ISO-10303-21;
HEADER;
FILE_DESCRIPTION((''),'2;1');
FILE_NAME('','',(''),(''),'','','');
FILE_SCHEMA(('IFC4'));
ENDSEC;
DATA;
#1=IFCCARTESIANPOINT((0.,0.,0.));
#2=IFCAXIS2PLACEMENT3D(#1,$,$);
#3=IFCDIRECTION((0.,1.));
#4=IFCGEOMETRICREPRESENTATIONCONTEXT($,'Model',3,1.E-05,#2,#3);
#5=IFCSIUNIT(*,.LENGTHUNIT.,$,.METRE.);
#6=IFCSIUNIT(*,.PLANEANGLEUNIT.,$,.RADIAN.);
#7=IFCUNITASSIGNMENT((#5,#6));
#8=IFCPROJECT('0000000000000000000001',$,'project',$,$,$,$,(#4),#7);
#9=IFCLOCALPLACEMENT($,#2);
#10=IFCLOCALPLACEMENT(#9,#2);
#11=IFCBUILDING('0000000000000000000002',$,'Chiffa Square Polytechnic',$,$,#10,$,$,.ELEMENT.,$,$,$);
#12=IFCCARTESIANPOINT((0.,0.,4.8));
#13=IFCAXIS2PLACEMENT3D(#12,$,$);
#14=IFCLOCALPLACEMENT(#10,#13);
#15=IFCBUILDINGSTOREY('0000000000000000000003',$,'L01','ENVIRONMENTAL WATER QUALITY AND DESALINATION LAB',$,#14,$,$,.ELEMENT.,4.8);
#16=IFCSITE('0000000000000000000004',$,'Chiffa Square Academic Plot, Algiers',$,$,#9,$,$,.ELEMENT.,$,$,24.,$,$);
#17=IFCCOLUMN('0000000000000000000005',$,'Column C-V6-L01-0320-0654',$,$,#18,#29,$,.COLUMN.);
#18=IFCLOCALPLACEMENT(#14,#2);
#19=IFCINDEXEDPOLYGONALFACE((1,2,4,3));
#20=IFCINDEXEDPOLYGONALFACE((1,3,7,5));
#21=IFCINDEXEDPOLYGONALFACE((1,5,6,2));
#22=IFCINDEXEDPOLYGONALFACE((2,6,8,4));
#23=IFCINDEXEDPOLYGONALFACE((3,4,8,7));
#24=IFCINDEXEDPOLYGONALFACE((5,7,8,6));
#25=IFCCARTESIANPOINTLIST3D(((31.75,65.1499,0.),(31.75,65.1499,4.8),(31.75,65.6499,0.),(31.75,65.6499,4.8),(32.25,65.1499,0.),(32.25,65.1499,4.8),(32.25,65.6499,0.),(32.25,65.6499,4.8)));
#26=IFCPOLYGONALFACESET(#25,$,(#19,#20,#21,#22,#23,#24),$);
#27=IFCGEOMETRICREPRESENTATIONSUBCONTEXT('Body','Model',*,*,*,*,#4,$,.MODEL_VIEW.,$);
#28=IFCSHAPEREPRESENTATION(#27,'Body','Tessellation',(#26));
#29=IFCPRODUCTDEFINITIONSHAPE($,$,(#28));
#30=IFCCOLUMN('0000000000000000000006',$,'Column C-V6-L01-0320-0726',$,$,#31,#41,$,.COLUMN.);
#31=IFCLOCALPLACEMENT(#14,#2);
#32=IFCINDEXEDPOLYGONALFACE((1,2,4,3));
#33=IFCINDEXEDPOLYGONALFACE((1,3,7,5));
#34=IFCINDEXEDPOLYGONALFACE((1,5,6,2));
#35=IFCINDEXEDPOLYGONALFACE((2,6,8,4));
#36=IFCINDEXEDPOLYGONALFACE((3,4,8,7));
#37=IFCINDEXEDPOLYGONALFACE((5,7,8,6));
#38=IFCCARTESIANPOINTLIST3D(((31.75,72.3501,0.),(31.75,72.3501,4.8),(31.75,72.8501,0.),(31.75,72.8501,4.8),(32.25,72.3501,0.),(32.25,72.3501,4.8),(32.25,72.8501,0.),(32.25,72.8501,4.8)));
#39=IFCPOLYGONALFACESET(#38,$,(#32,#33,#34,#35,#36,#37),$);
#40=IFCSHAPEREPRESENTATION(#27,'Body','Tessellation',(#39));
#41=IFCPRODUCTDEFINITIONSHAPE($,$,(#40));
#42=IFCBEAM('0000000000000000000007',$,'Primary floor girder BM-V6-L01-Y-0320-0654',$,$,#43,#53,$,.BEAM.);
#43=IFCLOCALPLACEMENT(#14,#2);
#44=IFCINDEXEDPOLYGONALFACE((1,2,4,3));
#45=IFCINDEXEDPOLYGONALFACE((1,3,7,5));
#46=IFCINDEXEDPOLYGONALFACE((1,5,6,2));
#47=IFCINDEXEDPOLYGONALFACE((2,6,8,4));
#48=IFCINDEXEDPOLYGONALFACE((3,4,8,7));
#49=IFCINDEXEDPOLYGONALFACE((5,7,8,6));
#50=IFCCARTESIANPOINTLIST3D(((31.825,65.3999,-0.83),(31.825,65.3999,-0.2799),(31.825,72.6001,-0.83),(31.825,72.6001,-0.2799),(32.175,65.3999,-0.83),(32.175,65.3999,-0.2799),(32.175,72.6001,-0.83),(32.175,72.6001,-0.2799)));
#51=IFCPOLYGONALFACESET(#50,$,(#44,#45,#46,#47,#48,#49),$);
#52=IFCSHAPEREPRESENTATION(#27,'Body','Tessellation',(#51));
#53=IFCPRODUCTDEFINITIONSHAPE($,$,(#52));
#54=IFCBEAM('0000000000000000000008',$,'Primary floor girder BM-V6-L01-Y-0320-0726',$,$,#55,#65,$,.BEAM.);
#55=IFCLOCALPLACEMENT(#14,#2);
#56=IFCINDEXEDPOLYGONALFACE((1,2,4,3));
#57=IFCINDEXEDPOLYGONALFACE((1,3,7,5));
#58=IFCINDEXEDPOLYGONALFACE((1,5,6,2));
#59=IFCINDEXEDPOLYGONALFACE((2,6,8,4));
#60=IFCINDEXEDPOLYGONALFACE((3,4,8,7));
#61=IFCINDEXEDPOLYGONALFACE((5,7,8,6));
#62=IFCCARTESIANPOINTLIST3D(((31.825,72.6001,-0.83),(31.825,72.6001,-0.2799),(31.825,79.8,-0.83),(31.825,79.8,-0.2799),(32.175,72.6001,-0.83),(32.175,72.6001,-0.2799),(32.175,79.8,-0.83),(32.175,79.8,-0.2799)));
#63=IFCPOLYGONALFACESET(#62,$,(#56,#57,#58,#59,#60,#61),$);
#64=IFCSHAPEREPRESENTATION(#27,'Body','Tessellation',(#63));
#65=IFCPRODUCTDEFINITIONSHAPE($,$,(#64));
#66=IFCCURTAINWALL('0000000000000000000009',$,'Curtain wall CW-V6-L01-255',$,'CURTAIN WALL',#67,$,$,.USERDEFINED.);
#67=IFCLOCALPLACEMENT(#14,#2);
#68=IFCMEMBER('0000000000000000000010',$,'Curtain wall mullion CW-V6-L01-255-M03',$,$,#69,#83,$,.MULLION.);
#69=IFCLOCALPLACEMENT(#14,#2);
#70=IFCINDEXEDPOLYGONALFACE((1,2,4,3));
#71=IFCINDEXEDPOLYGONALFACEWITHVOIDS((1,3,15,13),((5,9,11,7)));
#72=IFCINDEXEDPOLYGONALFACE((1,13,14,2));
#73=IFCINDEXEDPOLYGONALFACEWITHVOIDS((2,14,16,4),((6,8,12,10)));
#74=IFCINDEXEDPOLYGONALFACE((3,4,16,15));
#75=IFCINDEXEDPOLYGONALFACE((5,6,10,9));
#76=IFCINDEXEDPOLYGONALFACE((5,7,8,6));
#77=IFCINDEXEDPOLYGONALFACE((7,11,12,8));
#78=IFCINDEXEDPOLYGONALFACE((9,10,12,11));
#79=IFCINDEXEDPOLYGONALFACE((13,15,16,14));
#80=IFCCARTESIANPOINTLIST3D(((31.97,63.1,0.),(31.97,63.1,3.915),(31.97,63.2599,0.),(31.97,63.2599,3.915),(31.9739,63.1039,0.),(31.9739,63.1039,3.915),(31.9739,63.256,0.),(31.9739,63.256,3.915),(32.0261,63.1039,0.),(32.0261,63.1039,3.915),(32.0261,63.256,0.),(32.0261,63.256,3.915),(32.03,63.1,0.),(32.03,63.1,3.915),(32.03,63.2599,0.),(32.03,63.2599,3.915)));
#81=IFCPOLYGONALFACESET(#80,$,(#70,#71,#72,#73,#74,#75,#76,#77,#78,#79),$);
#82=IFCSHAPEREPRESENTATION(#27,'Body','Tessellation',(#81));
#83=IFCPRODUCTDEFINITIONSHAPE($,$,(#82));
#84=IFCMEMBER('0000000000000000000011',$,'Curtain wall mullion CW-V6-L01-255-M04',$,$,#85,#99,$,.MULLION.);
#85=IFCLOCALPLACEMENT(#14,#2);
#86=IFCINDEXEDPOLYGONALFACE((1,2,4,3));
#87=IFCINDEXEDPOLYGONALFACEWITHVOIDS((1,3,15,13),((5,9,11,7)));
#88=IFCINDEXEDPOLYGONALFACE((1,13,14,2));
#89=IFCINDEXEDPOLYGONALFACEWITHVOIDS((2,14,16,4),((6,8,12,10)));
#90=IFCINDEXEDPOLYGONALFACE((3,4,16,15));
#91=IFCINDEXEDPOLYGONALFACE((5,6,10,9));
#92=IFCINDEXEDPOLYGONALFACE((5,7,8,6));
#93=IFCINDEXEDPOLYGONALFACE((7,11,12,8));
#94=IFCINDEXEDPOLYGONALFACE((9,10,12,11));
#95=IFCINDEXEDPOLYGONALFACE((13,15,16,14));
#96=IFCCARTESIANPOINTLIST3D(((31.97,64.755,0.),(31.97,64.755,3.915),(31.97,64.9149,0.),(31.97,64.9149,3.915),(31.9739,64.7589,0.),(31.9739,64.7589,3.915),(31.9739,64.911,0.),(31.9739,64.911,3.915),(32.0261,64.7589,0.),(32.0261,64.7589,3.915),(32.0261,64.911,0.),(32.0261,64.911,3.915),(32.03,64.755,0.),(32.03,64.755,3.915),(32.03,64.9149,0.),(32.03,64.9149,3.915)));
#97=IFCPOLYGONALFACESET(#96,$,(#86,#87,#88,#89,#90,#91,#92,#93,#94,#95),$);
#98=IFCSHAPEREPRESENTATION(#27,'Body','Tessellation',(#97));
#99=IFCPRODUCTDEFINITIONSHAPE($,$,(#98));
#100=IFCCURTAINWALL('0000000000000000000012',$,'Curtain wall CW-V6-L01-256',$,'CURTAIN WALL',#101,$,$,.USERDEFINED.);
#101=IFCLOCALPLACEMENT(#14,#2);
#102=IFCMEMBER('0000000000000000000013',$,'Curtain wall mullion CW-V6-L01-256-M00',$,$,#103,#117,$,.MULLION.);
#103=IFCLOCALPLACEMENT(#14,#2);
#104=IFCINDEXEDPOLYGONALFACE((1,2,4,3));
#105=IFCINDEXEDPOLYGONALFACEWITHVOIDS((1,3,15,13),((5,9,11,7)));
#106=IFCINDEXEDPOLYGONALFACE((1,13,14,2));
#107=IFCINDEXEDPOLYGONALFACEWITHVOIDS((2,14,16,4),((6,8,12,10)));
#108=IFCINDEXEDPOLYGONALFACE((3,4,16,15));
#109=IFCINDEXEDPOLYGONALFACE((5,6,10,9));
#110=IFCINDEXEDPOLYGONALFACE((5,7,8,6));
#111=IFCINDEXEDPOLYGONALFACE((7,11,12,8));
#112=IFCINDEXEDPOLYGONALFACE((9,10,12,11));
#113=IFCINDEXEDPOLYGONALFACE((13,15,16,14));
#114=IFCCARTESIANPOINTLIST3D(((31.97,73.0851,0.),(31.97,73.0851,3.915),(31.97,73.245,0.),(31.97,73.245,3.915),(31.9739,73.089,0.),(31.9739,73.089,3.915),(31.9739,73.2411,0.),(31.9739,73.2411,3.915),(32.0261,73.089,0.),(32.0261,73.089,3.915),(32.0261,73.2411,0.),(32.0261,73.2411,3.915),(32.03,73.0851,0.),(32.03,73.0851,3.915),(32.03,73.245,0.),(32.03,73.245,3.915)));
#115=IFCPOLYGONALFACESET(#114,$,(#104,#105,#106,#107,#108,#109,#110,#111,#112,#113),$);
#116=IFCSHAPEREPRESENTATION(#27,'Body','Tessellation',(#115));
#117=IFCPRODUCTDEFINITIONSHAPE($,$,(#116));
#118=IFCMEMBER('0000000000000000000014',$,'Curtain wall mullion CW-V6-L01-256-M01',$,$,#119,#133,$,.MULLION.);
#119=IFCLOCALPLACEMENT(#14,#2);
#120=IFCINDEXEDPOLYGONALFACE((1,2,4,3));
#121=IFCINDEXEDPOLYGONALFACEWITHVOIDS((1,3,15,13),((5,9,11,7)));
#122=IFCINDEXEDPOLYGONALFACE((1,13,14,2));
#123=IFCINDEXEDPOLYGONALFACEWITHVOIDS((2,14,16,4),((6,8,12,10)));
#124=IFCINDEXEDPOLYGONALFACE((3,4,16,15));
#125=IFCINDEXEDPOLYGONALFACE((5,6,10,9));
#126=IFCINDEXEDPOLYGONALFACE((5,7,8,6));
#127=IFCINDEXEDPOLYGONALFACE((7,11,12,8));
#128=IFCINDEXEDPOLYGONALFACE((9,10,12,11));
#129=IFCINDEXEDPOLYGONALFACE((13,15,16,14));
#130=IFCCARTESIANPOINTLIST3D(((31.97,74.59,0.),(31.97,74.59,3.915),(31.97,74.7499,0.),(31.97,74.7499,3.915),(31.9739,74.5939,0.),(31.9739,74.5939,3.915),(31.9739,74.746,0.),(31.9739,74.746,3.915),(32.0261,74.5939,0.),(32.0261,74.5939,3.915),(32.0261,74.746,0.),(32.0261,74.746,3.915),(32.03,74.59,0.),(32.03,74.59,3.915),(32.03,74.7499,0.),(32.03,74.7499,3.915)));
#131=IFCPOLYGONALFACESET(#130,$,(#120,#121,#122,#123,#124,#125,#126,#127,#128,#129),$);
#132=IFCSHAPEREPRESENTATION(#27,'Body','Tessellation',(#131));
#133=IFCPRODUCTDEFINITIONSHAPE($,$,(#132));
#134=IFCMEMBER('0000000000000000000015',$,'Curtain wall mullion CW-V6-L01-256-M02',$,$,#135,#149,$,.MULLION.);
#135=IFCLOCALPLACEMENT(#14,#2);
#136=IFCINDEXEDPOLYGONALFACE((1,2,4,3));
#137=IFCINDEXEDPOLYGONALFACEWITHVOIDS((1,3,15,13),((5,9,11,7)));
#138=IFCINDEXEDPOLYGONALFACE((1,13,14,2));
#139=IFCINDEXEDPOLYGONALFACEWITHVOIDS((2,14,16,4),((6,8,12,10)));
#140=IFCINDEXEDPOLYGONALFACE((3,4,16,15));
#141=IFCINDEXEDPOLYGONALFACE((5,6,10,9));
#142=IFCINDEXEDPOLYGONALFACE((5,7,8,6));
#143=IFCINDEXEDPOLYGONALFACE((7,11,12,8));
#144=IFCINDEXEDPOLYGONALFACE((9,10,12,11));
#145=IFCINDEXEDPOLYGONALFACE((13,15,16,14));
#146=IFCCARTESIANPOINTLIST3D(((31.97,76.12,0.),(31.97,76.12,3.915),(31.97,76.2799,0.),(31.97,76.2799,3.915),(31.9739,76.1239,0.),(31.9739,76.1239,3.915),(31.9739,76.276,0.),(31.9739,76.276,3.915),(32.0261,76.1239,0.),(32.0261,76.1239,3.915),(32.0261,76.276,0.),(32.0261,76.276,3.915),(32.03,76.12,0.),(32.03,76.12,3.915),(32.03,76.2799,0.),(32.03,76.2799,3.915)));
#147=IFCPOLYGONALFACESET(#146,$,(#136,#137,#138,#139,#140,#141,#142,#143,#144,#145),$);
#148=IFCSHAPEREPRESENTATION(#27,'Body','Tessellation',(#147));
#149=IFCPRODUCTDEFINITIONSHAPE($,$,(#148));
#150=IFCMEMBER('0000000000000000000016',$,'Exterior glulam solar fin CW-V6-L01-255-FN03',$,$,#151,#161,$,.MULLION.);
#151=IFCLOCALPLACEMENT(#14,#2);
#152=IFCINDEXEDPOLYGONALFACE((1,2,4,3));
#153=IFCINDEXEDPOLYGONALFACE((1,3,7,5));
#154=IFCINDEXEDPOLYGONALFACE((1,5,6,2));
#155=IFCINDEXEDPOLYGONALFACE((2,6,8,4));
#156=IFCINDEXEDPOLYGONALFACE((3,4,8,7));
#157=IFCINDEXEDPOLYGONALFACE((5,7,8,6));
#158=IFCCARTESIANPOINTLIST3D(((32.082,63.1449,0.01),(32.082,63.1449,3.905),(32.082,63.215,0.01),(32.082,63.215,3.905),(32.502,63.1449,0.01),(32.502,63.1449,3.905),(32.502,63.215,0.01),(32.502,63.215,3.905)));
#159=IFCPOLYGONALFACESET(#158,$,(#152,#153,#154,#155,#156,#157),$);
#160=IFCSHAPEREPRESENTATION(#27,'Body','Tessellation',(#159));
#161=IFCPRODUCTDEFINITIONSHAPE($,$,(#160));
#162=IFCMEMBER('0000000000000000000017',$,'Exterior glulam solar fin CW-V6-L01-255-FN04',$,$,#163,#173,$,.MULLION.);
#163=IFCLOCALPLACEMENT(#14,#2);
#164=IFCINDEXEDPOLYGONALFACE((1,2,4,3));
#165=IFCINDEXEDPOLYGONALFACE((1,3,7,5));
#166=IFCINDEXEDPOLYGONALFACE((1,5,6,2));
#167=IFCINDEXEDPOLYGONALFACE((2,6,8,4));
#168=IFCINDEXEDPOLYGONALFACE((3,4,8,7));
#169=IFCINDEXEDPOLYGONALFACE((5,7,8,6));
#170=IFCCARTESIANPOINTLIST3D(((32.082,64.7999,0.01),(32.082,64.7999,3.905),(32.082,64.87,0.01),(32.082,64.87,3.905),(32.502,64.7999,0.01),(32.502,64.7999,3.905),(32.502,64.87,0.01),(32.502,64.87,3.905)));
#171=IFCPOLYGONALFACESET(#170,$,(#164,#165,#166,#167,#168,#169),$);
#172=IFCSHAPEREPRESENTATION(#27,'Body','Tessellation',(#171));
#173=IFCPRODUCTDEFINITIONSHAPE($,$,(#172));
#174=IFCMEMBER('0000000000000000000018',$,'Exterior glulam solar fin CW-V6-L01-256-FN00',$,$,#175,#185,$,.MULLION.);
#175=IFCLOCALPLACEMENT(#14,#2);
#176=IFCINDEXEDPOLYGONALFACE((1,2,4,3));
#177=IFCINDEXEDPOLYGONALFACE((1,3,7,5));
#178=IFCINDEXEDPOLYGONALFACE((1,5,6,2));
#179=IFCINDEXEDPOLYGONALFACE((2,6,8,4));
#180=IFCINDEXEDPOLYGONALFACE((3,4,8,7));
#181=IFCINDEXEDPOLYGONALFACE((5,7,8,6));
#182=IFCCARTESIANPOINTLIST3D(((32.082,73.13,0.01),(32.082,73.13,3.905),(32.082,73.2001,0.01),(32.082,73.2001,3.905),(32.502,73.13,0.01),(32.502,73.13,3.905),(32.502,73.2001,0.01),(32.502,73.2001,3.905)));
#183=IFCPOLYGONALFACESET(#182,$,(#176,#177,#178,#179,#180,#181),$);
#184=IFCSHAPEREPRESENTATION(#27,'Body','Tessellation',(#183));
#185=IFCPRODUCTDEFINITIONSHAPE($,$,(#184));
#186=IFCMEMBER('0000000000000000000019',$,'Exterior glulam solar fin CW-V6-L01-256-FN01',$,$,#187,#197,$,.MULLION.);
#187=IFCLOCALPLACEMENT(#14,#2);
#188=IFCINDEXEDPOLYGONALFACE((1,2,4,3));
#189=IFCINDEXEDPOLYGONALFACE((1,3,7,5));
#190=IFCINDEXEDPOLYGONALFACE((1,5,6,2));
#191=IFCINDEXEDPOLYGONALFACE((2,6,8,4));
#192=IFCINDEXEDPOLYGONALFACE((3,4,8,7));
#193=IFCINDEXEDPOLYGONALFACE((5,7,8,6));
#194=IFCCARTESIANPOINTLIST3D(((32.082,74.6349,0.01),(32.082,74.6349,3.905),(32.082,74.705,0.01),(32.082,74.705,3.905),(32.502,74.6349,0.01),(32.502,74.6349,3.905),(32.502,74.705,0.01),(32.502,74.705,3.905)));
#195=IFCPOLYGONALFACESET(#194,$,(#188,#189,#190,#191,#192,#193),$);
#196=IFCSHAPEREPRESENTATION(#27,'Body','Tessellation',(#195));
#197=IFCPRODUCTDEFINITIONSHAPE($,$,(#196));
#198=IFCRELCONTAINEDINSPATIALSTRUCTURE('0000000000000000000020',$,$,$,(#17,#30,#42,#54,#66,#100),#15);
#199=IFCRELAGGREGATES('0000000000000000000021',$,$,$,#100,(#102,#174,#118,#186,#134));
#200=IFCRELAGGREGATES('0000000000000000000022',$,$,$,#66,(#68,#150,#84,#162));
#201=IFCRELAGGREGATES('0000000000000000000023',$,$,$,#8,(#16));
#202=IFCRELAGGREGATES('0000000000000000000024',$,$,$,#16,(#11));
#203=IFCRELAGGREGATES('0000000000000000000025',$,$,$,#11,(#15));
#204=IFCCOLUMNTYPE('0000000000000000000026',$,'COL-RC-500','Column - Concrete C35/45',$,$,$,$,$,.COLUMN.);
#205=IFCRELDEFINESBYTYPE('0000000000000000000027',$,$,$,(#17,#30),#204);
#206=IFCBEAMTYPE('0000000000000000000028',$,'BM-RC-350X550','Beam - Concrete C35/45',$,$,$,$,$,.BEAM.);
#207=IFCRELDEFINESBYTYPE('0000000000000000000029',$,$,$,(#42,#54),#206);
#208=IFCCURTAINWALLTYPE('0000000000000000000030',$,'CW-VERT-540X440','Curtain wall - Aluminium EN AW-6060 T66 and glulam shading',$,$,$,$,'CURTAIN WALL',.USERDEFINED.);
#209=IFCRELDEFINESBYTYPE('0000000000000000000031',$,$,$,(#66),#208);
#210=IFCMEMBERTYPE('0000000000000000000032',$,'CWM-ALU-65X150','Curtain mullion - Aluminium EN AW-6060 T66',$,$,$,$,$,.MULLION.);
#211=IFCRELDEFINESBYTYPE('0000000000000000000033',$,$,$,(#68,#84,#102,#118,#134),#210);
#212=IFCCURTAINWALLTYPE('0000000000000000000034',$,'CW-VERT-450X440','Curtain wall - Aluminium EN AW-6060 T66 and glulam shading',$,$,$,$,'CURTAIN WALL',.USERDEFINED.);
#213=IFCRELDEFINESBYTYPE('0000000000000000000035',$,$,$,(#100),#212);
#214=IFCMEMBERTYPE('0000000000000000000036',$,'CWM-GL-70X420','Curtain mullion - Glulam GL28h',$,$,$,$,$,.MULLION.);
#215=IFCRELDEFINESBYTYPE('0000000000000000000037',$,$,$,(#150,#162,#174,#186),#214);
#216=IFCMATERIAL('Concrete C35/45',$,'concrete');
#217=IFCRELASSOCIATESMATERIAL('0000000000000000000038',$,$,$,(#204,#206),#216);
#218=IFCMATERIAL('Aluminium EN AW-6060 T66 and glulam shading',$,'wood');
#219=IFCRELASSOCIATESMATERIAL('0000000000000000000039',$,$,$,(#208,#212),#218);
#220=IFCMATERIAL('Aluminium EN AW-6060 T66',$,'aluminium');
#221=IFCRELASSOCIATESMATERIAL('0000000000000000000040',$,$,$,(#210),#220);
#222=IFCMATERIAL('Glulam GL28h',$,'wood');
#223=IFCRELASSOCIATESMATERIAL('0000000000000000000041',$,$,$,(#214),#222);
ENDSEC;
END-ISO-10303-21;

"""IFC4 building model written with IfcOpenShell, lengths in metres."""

from ifc_helpers import new_model, si_unit, direction, frame, origin, origin_2d, place, context, subcontext, project, spatial, rectangle, hollow_rectangle, extrude, material, material_profile, profile_set, type_object, element, aggregate, save


model = new_model("IFC4")

# Units and contexts
model_context = context("Model", 3, precision=1e-05, world=origin(), true_north=direction((0.0, 1.0)))
body_context = subcontext(model_context, "Body", "Model", "MODEL_VIEW")
ifc_project = project(units=[si_unit("LENGTHUNIT", "METRE"), si_unit("PLANEANGLEUNIT", "RADIAN")], contexts=[model_context])

# Site, building, storey
site_placement = place(None, origin())
site = spatial("IfcSite", under=ifc_project, at=site_placement, Name="Chiffa Square Academic Plot, Algiers", CompositionType="ELEMENT", RefElevation=24.0)
building_placement = place(site_placement, origin())
building = spatial("IfcBuilding", under=site, at=building_placement, Name="Chiffa Square Polytechnic", CompositionType="ELEMENT")
storey_placement = place(building_placement, frame((0.0, 0.0, 4.8)))
storey = spatial("IfcBuildingStorey", under=building, at=storey_placement, Name="L01", Description="ENVIRONMENTAL WATER QUALITY AND DESALINATION LAB", CompositionType="ELEMENT", Elevation=4.8)

# Columns
ifc_material_1 = material(Name="Concrete C35/45", Category="concrete")
ifc_material_profile_1 = material_profile(ifc_material_1, rectangle(XDim=0.5, YDim=0.5, at=origin_2d()), Name="RC 500x500")
ifc_profile_set_1 = profile_set([ifc_material_profile_1], Name="Concrete C35/45")
column_type = type_object("IfcColumnType", Name="COL-RC-500", Description="Column - Concrete C35/45", PredefinedType="COLUMN", material=ifc_profile_set_1)
for number, where, z_axis, x_axis, name in (
    (1, (32.0, 65.3999, 0.0), (0.0, 0.0, 1.0), (1.0, 0.0, 0.0), "Column C-V6-L01-0320-0654"),
    (2, (32.0, 72.6001, 0.0), (0.0, 0.0, 1.0), (1.0, 0.0, 0.0), "Column C-V6-L01-0320-0726"),
):
    element("IfcColumn", number, at=place(storey_placement, frame(where, z_axis=z_axis, x_axis=x_axis)), inside=storey, type_object=column_type, Name=name, PredefinedType="COLUMN", context=body_context, shape_type="SweptSolid", body=[
        extrude(rectangle(XDim=0.5, YDim=0.5, at=origin_2d()), origin(), (0.0, 0.0, 1.0), 4.8),
    ])

# Beams
ifc_material_profile_2 = material_profile(ifc_material_1, rectangle(XDim=0.3501, YDim=0.55, at=origin_2d()), Name="RC 350x550")
ifc_profile_set_2 = profile_set([ifc_material_profile_2], Name="Concrete C35/45")
beam_type = type_object("IfcBeamType", Name="BM-RC-350X550", Description="Beam - Concrete C35/45", PredefinedType="BEAM", material=ifc_profile_set_2)
beam_1_placement = place(storey_placement, frame((32.0, 65.3999, -0.5549), z_axis=(0.0, 1.0, 0.0), x_axis=(-1.0, 0.0, 0.0)))
element("IfcBeam", 3, at=beam_1_placement, inside=storey, type_object=beam_type, Name="Primary floor girder BM-V6-L01-Y-0320-0654", PredefinedType="BEAM", context=body_context, shape_type="SweptSolid", body=[
    extrude(rectangle(XDim=0.3501, YDim=0.55, at=origin_2d()), origin(), (0.0, 0.0, 1.0), 7.2002),
])
beam_2_placement = place(storey_placement, frame((32.0, 72.6001, -0.5549), z_axis=(0.0, 1.0, 0.0), x_axis=(-1.0, 0.0, 0.0)))
element("IfcBeam", 4, at=beam_2_placement, inside=storey, type_object=beam_type, Name="Primary floor girder BM-V6-L01-Y-0320-0726", PredefinedType="BEAM", context=body_context, shape_type="SweptSolid", body=[
    extrude(rectangle(XDim=0.3501, YDim=0.55, at=origin_2d()), origin(), (0.0, 0.0, 1.0), 7.2),
])

# Curtain walls, members
ifc_material_2 = material(Name="Aluminium EN AW-6060 T66 and glulam shading", Category="wood")
curtain_wall_type_1 = type_object("IfcCurtainWallType", Name="CW-VERT-540X440", Description="Curtain wall - Aluminium EN AW-6060 T66 and glulam shading", ElementType="CURTAIN WALL", PredefinedType="USERDEFINED", material=ifc_material_2)
curtain_wall_1_placement = place(storey_placement, origin())
curtain_wall_1 = element("IfcCurtainWall", 5, at=curtain_wall_1_placement, inside=storey, type_object=curtain_wall_type_1, Name="Curtain wall CW-V6-L01-255", ObjectType="CURTAIN WALL", PredefinedType="USERDEFINED")
ifc_material_3 = material(Name="Aluminium EN AW-6060 T66", Category="aluminium")
ifc_material_profile_3 = material_profile(ifc_material_3, hollow_rectangle(XDim=0.0601, YDim=0.1599, WallThickness=0.0039, at=origin_2d()), Name="ALU 60x160x4")
ifc_profile_set_3 = profile_set([ifc_material_profile_3], Name="Aluminium EN AW-6060 T66")
member_type_1 = type_object("IfcMemberType", Name="CWM-ALU-65X150", Description="Curtain mullion - Aluminium EN AW-6060 T66", PredefinedType="MULLION", material=ifc_profile_set_3)
member_1_placement = place(storey_placement, frame((32.0, 63.1799, 0.0), z_axis=(0.0, 0.0, 1.0), x_axis=(1.0, 0.0, 0.0)))
member_1 = element("IfcMember", 6, at=member_1_placement, type_object=member_type_1, Name="Curtain wall mullion CW-V6-L01-255-M03", PredefinedType="MULLION", context=body_context, shape_type="SweptSolid", body=[
    extrude(hollow_rectangle(XDim=0.0601, YDim=0.1599, WallThickness=0.0039, at=origin_2d()), origin(), (0.0, 0.0, 1.0), 3.915),
])
member_2_placement = place(storey_placement, frame((32.0, 64.835, 0.0), z_axis=(0.0, 0.0, 1.0), x_axis=(1.0, 0.0, 0.0)))
member_2 = element("IfcMember", 7, at=member_2_placement, type_object=member_type_1, Name="Curtain wall mullion CW-V6-L01-255-M04", PredefinedType="MULLION", context=body_context, shape_type="SweptSolid", body=[
    extrude(hollow_rectangle(XDim=0.0601, YDim=0.1599, WallThickness=0.0039, at=origin_2d()), origin(), (0.0, 0.0, 1.0), 3.915),
])
curtain_wall_type_2 = type_object("IfcCurtainWallType", Name="CW-VERT-450X440", Description="Curtain wall - Aluminium EN AW-6060 T66 and glulam shading", ElementType="CURTAIN WALL", PredefinedType="USERDEFINED", material=ifc_material_2)
curtain_wall_2_placement = place(storey_placement, origin())
curtain_wall_2 = element("IfcCurtainWall", 8, at=curtain_wall_2_placement, inside=storey, type_object=curtain_wall_type_2, Name="Curtain wall CW-V6-L01-256", ObjectType="CURTAIN WALL", PredefinedType="USERDEFINED")
member_3_placement = place(storey_placement, frame((32.0, 73.165, 0.0), z_axis=(0.0, 0.0, 1.0), x_axis=(1.0, 0.0, 0.0)))
member_3 = element("IfcMember", 9, at=member_3_placement, type_object=member_type_1, Name="Curtain wall mullion CW-V6-L01-256-M00", PredefinedType="MULLION", context=body_context, shape_type="SweptSolid", body=[
    extrude(hollow_rectangle(XDim=0.0601, YDim=0.1599, WallThickness=0.0039, at=origin_2d()), origin(), (0.0, 0.0, 1.0), 3.915),
])
member_4_placement = place(storey_placement, frame((32.0, 74.6699, 0.0), z_axis=(0.0, 0.0, 1.0), x_axis=(1.0, 0.0, 0.0)))
member_4 = element("IfcMember", 10, at=member_4_placement, type_object=member_type_1, Name="Curtain wall mullion CW-V6-L01-256-M01", PredefinedType="MULLION", context=body_context, shape_type="SweptSolid", body=[
    extrude(hollow_rectangle(XDim=0.0601, YDim=0.1599, WallThickness=0.0039, at=origin_2d()), origin(), (0.0, 0.0, 1.0), 3.915),
])
member_5_placement = place(storey_placement, frame((32.0, 76.2, 0.0), z_axis=(0.0, 0.0, 1.0), x_axis=(1.0, 0.0, 0.0)))
member_5 = element("IfcMember", 11, at=member_5_placement, type_object=member_type_1, Name="Curtain wall mullion CW-V6-L01-256-M02", PredefinedType="MULLION", context=body_context, shape_type="SweptSolid", body=[
    extrude(hollow_rectangle(XDim=0.0601, YDim=0.1599, WallThickness=0.0039, at=origin_2d()), origin(), (0.0, 0.0, 1.0), 3.915),
])

# Members
ifc_material_4 = material(Name="Glulam GL28h", Category="wood")
ifc_material_profile_4 = material_profile(ifc_material_4, rectangle(XDim=0.0701, YDim=0.4199, at=origin_2d()), Name="GL28h 70x420")
ifc_profile_set_4 = profile_set([ifc_material_profile_4], Name="Glulam GL28h")
member_type_2 = type_object("IfcMemberType", Name="CWM-GL-70X420", Description="Curtain mullion - Glulam GL28h", PredefinedType="MULLION", material=ifc_profile_set_4)
member_6_placement = place(storey_placement, frame((32.292, 63.1799, 0.01), z_axis=(0.0, 0.0, 1.0), x_axis=(0.0, 1.0, 0.0)))
member_6 = element("IfcMember", 12, at=member_6_placement, type_object=member_type_2, Name="Exterior glulam solar fin CW-V6-L01-255-FN03", PredefinedType="MULLION", context=body_context, shape_type="SweptSolid", body=[
    extrude(rectangle(XDim=0.0701, YDim=0.4199, at=origin_2d()), origin(), (0.0, 0.0, 1.0), 3.895),
])
member_7_placement = place(storey_placement, frame((32.292, 64.835, 0.01), z_axis=(0.0, 0.0, 1.0), x_axis=(0.0, 1.0, 0.0)))
member_7 = element("IfcMember", 13, at=member_7_placement, type_object=member_type_2, Name="Exterior glulam solar fin CW-V6-L01-255-FN04", PredefinedType="MULLION", context=body_context, shape_type="SweptSolid", body=[
    extrude(rectangle(XDim=0.0701, YDim=0.4199, at=origin_2d()), origin(), (0.0, 0.0, 1.0), 3.895),
])
member_8_placement = place(storey_placement, frame((32.292, 73.165, 0.01), z_axis=(0.0, 0.0, 1.0), x_axis=(0.0, 1.0, 0.0)))
member_8 = element("IfcMember", 14, at=member_8_placement, type_object=member_type_2, Name="Exterior glulam solar fin CW-V6-L01-256-FN00", PredefinedType="MULLION", context=body_context, shape_type="SweptSolid", body=[
    extrude(rectangle(XDim=0.0701, YDim=0.4199, at=origin_2d()), origin(), (0.0, 0.0, 1.0), 3.895),
])
member_9_placement = place(storey_placement, frame((32.292, 74.6699, 0.01), z_axis=(0.0, 0.0, 1.0), x_axis=(0.0, 1.0, 0.0)))
member_9 = element("IfcMember", 15, at=member_9_placement, type_object=member_type_2, Name="Exterior glulam solar fin CW-V6-L01-256-FN01", PredefinedType="MULLION", context=body_context, shape_type="SweptSolid", body=[
    extrude(rectangle(XDim=0.0701, YDim=0.4199, at=origin_2d()), origin(), (0.0, 0.0, 1.0), 3.895),
])

aggregate(curtain_wall_2, [member_3, member_8, member_4, member_9, member_5])
aggregate(curtain_wall_1, [member_1, member_6, member_2, member_7])

save(model, "model.ifc")
